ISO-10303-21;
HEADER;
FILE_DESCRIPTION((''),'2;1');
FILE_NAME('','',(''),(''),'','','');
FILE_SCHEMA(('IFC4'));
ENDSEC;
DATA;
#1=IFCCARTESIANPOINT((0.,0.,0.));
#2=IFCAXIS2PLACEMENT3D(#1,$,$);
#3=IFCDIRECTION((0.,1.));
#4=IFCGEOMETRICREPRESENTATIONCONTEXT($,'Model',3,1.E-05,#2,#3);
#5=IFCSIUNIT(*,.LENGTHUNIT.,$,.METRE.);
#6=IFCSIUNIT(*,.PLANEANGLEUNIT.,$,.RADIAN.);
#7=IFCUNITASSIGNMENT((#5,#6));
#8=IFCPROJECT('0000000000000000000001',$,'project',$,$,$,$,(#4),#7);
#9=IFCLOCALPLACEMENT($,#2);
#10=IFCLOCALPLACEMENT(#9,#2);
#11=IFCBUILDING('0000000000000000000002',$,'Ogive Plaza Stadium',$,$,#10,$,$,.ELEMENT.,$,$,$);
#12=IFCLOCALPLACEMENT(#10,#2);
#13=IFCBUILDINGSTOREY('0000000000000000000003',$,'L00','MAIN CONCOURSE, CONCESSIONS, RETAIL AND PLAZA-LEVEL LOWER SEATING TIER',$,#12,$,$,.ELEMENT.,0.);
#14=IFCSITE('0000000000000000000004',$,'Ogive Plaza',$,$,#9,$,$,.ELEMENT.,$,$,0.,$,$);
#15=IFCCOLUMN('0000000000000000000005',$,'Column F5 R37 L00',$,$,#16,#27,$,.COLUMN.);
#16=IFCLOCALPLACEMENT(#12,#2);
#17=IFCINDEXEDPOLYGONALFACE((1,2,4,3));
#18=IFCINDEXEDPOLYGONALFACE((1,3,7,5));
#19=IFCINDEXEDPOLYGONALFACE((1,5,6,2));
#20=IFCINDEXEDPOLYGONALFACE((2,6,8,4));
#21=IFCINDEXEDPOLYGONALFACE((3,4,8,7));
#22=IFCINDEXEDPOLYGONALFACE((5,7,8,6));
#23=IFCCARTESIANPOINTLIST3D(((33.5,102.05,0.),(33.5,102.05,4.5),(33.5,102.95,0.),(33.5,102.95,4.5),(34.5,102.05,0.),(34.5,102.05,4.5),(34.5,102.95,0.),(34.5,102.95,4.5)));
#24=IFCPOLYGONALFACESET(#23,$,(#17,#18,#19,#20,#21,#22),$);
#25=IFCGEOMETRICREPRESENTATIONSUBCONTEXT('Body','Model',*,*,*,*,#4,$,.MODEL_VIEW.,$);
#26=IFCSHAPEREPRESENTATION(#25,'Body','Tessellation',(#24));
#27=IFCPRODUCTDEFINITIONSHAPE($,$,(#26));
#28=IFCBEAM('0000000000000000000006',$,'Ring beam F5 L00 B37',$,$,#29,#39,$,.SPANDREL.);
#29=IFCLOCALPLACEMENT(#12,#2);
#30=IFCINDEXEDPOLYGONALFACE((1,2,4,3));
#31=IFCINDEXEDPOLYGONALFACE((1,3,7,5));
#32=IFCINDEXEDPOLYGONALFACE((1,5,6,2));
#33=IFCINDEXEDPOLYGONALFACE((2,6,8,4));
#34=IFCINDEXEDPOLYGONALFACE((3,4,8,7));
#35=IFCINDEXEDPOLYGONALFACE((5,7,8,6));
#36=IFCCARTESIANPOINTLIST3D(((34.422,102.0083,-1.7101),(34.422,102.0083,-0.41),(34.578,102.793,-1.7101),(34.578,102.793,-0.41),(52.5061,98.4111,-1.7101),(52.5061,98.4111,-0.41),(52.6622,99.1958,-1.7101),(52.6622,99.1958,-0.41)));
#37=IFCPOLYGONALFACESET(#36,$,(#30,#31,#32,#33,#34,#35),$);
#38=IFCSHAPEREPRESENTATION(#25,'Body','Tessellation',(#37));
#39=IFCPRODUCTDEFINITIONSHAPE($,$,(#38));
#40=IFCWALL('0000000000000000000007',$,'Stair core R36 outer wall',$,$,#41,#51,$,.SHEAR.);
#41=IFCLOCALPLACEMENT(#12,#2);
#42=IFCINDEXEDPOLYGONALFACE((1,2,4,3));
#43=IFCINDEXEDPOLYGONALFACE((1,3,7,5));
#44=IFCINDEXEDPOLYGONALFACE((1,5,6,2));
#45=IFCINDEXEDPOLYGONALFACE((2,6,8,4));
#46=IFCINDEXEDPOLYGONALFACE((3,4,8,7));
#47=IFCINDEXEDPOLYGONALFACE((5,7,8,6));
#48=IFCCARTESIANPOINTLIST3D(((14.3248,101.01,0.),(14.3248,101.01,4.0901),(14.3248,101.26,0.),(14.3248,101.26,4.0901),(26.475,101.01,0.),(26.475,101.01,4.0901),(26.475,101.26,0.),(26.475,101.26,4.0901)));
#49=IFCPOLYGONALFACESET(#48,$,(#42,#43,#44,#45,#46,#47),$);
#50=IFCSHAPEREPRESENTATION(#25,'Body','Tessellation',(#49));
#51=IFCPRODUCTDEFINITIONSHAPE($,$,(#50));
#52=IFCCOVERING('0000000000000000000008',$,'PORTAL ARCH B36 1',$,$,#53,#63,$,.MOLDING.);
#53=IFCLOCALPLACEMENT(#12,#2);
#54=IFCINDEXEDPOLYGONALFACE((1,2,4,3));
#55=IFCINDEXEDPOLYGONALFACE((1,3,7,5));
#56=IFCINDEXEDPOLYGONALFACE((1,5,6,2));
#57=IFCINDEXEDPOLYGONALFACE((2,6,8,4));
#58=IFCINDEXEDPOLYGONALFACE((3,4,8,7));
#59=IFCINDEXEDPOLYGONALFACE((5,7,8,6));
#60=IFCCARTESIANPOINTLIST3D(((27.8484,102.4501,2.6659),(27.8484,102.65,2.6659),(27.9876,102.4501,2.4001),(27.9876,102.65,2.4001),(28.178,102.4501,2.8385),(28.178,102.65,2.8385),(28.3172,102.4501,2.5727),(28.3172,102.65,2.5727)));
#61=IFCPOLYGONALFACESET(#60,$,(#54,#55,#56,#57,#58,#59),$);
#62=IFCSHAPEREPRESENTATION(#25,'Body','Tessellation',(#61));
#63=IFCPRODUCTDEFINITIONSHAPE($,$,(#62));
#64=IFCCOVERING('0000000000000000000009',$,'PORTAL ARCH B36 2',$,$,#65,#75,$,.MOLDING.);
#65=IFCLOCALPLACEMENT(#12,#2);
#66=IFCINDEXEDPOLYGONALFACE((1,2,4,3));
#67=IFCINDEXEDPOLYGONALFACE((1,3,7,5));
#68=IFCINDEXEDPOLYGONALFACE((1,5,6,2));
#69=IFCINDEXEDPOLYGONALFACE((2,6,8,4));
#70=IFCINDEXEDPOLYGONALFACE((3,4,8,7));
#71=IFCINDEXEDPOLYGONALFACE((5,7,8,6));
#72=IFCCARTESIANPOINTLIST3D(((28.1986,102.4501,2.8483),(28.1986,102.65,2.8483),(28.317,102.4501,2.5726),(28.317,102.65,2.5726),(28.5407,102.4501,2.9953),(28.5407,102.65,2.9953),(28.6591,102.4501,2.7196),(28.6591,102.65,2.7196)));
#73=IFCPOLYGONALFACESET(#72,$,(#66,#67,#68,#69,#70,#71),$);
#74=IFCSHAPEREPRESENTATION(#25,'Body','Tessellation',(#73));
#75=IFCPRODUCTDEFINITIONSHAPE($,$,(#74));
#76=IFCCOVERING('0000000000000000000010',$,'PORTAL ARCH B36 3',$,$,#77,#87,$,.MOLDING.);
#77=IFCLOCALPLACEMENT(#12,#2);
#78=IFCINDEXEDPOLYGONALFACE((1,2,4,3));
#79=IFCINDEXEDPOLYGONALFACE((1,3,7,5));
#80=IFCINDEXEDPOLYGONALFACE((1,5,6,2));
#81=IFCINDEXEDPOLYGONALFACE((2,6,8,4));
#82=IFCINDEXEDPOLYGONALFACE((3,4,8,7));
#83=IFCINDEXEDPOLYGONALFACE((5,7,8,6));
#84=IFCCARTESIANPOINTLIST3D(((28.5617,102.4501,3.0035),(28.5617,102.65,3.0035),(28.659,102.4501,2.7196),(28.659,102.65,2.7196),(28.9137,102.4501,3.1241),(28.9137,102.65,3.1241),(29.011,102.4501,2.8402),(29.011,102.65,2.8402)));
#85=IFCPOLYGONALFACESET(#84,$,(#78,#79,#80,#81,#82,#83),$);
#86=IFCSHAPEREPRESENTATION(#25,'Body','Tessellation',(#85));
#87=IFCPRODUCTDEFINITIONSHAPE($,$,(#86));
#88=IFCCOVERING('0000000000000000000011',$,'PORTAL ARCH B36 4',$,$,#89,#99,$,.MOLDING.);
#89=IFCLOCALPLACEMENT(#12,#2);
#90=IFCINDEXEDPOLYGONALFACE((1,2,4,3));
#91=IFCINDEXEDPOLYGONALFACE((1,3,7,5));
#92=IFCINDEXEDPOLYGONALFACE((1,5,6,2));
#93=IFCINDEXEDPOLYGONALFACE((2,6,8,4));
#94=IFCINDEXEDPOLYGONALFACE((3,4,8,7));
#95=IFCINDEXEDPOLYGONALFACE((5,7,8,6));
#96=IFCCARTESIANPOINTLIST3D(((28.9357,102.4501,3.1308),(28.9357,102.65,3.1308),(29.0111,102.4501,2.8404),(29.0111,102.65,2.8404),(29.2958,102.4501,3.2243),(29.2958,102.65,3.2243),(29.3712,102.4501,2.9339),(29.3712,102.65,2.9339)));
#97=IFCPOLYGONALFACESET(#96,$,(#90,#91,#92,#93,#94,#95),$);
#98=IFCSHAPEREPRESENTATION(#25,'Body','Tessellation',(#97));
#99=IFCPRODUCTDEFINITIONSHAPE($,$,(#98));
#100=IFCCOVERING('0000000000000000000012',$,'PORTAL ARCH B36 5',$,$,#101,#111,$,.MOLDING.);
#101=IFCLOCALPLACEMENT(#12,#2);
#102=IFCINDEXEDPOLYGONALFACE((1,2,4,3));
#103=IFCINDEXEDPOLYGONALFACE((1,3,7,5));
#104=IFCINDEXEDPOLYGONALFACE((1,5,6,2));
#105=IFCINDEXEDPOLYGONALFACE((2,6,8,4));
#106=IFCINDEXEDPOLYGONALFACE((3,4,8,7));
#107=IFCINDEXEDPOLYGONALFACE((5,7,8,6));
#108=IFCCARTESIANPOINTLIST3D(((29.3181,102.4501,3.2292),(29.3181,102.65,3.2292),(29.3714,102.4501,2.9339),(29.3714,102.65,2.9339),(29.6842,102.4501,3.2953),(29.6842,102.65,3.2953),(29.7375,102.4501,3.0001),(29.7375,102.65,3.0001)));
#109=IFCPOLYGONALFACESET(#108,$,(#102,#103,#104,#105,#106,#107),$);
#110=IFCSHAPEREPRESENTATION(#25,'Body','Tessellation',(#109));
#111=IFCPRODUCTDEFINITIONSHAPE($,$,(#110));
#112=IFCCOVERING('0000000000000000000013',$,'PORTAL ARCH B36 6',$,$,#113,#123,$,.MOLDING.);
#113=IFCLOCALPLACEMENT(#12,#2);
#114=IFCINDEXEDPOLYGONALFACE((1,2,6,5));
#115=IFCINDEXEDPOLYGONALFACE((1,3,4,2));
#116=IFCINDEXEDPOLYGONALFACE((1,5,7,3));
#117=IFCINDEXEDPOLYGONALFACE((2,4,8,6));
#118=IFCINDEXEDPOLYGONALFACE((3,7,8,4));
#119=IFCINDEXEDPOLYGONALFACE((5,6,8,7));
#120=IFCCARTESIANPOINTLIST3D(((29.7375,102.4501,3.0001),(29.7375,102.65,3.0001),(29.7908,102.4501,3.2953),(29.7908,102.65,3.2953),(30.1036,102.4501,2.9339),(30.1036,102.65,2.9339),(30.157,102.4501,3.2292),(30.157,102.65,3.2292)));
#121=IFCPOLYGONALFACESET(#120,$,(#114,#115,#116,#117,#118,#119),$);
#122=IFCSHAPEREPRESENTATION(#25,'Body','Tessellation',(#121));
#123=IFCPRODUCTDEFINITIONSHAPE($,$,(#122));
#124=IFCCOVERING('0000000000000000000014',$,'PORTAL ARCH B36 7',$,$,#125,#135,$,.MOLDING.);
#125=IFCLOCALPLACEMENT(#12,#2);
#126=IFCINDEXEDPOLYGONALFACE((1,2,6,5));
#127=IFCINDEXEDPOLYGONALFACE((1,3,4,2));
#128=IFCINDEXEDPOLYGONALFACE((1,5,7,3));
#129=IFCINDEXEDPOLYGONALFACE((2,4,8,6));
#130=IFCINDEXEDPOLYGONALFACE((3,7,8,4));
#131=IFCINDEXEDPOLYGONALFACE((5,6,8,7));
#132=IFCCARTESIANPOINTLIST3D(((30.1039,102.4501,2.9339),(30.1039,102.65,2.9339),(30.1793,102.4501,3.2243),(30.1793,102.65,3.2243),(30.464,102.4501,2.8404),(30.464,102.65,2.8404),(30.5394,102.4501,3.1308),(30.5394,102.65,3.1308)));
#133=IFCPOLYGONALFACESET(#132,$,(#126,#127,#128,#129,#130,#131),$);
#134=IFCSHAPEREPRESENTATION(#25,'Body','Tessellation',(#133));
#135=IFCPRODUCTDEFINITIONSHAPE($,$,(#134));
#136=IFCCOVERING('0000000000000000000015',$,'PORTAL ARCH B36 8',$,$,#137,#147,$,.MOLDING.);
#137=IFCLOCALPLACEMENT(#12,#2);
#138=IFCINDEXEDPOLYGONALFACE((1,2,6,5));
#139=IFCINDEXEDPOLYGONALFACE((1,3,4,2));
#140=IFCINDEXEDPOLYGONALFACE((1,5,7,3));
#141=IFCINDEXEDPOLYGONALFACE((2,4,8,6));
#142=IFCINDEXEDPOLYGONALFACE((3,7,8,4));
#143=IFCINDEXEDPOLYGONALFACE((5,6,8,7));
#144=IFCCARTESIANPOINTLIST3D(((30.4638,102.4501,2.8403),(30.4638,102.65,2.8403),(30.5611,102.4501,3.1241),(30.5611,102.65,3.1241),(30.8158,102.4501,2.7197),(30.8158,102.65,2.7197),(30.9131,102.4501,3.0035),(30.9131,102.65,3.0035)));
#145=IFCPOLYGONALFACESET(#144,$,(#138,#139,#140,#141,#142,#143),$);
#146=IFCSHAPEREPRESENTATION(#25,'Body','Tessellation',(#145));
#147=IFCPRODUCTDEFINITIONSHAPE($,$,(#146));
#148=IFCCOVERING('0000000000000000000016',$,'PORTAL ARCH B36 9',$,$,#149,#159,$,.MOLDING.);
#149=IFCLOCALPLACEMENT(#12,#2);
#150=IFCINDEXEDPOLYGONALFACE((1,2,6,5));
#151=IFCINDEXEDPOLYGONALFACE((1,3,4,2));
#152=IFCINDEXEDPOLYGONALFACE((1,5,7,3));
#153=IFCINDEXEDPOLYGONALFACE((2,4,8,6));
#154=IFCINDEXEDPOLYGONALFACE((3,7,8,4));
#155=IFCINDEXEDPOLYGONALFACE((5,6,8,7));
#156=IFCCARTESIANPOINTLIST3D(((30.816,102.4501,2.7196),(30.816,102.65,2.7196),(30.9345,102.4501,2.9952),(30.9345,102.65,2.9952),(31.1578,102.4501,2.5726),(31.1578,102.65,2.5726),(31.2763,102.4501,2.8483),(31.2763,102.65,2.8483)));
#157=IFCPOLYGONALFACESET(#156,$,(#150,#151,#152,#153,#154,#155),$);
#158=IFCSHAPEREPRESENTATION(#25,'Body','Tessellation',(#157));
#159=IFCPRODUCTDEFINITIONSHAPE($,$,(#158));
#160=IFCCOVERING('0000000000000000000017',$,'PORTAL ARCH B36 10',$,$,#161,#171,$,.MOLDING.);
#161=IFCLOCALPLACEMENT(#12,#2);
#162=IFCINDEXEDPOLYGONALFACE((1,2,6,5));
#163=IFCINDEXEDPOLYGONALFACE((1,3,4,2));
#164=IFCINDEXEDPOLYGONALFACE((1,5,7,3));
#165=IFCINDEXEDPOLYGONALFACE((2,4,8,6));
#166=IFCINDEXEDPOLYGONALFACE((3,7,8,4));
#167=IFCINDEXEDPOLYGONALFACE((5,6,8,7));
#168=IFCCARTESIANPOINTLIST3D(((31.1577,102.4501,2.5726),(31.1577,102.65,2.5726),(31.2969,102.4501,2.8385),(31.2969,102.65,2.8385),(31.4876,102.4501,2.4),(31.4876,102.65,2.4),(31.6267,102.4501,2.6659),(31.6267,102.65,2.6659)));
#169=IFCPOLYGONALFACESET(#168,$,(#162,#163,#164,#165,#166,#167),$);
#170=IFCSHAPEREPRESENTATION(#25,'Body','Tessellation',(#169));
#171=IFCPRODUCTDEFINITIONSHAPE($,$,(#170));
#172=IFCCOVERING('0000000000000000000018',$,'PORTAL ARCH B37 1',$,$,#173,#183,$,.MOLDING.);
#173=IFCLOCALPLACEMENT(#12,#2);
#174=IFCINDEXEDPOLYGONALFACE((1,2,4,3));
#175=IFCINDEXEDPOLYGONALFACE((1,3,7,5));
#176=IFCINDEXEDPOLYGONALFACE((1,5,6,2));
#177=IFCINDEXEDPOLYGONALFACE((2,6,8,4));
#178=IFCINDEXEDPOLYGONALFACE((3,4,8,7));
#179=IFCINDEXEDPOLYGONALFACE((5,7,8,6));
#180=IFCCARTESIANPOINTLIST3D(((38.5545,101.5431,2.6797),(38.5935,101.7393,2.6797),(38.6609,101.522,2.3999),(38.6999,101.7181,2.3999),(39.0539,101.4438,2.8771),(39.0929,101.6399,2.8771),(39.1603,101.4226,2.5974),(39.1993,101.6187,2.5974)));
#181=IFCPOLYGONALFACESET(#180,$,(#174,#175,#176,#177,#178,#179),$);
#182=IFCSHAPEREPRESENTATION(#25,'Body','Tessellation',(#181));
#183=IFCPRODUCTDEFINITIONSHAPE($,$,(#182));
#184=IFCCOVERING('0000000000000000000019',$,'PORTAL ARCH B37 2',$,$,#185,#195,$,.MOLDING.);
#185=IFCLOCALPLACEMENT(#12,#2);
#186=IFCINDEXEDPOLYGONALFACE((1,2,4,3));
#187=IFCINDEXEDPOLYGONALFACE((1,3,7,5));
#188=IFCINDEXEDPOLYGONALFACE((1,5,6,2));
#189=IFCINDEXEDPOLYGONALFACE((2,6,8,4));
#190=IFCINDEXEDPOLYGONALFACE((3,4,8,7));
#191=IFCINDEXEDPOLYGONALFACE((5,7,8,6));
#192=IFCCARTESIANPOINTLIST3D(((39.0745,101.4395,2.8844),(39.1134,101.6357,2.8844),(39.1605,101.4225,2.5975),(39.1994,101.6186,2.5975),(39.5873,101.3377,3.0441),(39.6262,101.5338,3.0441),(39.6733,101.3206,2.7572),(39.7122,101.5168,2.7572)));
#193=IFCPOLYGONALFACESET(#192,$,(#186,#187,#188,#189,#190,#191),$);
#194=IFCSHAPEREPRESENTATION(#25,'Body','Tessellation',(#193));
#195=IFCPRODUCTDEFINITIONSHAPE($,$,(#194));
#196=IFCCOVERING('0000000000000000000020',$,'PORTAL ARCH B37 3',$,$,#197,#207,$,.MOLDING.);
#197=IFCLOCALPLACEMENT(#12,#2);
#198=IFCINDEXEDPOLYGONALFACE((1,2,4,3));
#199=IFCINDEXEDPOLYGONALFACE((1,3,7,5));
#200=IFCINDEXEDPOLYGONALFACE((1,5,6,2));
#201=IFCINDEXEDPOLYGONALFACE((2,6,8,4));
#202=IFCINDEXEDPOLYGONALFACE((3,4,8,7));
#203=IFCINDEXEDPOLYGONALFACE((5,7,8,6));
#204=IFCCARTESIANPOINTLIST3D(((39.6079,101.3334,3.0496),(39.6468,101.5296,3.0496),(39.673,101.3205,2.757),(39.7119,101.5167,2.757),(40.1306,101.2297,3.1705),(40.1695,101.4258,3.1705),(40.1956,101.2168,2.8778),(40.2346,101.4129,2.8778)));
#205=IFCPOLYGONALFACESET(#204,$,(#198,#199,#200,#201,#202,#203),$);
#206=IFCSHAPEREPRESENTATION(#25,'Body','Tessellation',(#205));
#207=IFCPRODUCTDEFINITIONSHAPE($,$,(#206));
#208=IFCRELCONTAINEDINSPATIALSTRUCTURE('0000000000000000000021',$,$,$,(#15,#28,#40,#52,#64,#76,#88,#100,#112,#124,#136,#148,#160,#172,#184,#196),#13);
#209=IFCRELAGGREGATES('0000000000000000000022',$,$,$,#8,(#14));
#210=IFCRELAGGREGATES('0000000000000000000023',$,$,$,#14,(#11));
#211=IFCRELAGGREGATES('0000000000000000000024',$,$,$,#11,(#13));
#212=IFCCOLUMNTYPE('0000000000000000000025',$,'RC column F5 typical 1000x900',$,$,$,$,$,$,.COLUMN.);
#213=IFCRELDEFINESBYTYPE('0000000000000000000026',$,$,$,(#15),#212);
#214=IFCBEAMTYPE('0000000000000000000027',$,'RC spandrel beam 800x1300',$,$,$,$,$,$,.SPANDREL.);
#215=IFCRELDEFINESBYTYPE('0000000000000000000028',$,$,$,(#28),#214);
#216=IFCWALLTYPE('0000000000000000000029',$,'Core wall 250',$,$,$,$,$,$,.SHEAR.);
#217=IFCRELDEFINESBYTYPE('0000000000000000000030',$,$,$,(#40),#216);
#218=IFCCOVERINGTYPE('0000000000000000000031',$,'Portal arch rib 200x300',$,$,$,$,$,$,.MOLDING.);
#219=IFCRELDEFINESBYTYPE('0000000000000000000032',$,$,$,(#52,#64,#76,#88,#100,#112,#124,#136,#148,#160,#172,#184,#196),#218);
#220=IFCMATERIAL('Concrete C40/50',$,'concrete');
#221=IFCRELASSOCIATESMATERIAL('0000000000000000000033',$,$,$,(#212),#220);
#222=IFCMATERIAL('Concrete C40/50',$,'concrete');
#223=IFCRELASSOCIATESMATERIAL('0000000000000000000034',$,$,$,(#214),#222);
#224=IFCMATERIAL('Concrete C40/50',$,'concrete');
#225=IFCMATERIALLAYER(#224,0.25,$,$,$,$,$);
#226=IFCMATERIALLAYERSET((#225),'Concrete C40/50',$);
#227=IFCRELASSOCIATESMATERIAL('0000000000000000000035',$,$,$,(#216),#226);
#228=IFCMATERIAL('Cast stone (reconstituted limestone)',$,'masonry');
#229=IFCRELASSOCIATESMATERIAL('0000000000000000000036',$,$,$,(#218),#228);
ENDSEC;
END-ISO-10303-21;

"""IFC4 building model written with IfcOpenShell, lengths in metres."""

from ifc_helpers import new_model, si_unit, direction, frame, frame_2d, origin, origin_2d, place, context, subcontext, project, spatial, rectangle, extrude, material, layer, layer_set, material_profile, profile_set, type_object, element, save


model = new_model("IFC4")

# Units and contexts
model_context = context("Model", 3, precision=1e-05, world=origin(), true_north=direction((0.0, 1.0)))
body_context = subcontext(model_context, "Body", "Model", "MODEL_VIEW")
ifc_project = project(units=[si_unit("LENGTHUNIT", "METRE"), si_unit("PLANEANGLEUNIT", "RADIAN")], contexts=[model_context])

# Site, building, storey
site_placement = place(None, origin())
site = spatial("IfcSite", under=ifc_project, at=site_placement, Name="Ogive Plaza", CompositionType="ELEMENT", RefElevation=0.0)
building_placement = place(site_placement, origin())
building = spatial("IfcBuilding", under=site, at=building_placement, Name="Ogive Plaza Stadium", CompositionType="ELEMENT")
storey_placement = place(building_placement, origin())
storey = spatial("IfcBuildingStorey", under=building, at=storey_placement, Name="L00", Description="MAIN CONCOURSE, CONCESSIONS, RETAIL AND PLAZA-LEVEL LOWER SEATING TIER", CompositionType="ELEMENT", Elevation=0.0)

# Column
ifc_material_1 = material(Name="Concrete C40/50", Category="concrete")
ifc_material_profile_1 = material_profile(ifc_material_1, rectangle(XDim=1.0, YDim=0.8999, at=origin_2d()), Name="RC 1000x900")
ifc_profile_set_1 = profile_set([ifc_material_profile_1], Name="Concrete C40/50")
column_type = type_object("IfcColumnType", Name="RC column F5 typical 1000x900", PredefinedType="COLUMN", material=ifc_profile_set_1)
column_placement = place(storey_placement, frame((34.0, 102.5, 0.0), z_axis=(0.0, 0.0, 1.0), x_axis=(-1.0, 0.0, 0.0)))
element("IfcColumn", 1, at=column_placement, inside=storey, type_object=column_type, Name="Column F5 R37 L00", PredefinedType="COLUMN", context=body_context, shape_type="SweptSolid", body=[
    extrude(rectangle(XDim=1.0, YDim=0.8999, at=origin_2d()), origin(), (0.0, 0.0, 1.0), 4.5),
])

# Beam
ifc_material_2 = material(Name="Concrete C40/50", Category="concrete")
ifc_material_profile_2 = material_profile(ifc_material_2, rectangle(XDim=0.8, YDim=1.3, at=origin_2d()), Name="RC 800x1300")
ifc_profile_set_2 = profile_set([ifc_material_profile_2], Name="Concrete C40/50")
beam_type = type_object("IfcBeamType", Name="RC spandrel beam 800x1300", PredefinedType="SPANDREL", material=ifc_profile_set_2)
beam_placement = place(storey_placement, frame((34.5, 102.4006, -1.0601), z_axis=(0.980785, -0.19509, 0.0), x_axis=(0.19509, 0.980785, 0.0)))
element("IfcBeam", 2, at=beam_placement, inside=storey, type_object=beam_type, Name="Ring beam F5 L00 B37", PredefinedType="SPANDREL", context=body_context, shape_type="SweptSolid", body=[
    extrude(rectangle(XDim=0.8, YDim=1.3, at=origin_2d()), origin(), (0.0, 0.0, 1.0), 18.4385),
])

# Wall
ifc_material_3 = material(Name="Concrete C40/50", Category="concrete")
ifc_layer_1 = layer(ifc_material_3, 0.25)
ifc_layer_set_1 = layer_set([ifc_layer_1], Name="Concrete C40/50")
wall_type_1 = type_object("IfcWallType", Name="Core wall 250", PredefinedType="SHEAR", material=ifc_layer_set_1)
wall_1_placement = place(storey_placement, frame((26.4751, 101.135, 0.0), z_axis=(0.0, 0.0, 1.0), x_axis=(-1.0, 0.0, 0.0)))
element("IfcWall", 3, at=wall_1_placement, inside=storey, type_object=wall_type_1, Name="Stair core R36 outer wall", PredefinedType="SHEAR", context=body_context, shape_type="SweptSolid", body=[
    extrude(rectangle(XDim=12.1501, YDim=0.25, at=frame_2d((6.0752, 0.0))), origin(), (0.0, 0.0, 1.0), 4.0901),
])

# Coverings
ifc_material_4 = material(Name="Cast stone (reconstituted limestone)", Category="masonry")
ifc_material_profile_3 = material_profile(ifc_material_4, rectangle(XDim=0.2, YDim=0.3, at=origin_2d()), Name="Cast stone 200x300")
ifc_profile_set_3 = profile_set([ifc_material_profile_3], Name="Cast stone (reconstituted limestone)")
covering_type = type_object("IfcCoveringType", Name="Portal arch rib 200x300", PredefinedType="MOLDING", material=ifc_profile_set_3)
covering_1_placement = place(storey_placement, frame((27.918, 102.55, 2.533), z_axis=(0.88587, 0.0, 0.463933), x_axis=(0.0, 1.0, 0.0)))
element("IfcCovering", 4, at=covering_1_placement, inside=storey, type_object=covering_type, Name="PORTAL ARCH B36 1", PredefinedType="MOLDING", context=body_context, shape_type="SweptSolid", body=[
    extrude(rectangle(XDim=0.2, YDim=0.3, at=origin_2d()), origin(), (0.0, 0.0, 1.0), 0.3721),
])
covering_2_placement = place(storey_placement, frame((28.2578, 102.55, 2.7104), z_axis=(0.918771, 0.0, 0.39479), x_axis=(0.0, 1.0, 0.0)))
element("IfcCovering", 5, at=covering_2_placement, inside=storey, type_object=covering_type, Name="PORTAL ARCH B36 2", PredefinedType="MOLDING", context=body_context, shape_type="SweptSolid", body=[
    extrude(rectangle(XDim=0.2, YDim=0.3, at=origin_2d()), origin(), (0.0, 0.0, 1.0), 0.3723),
])
for number, where, z_axis, x_axis, name in (
    (6, (28.6104, 102.55, 2.8616), (0.946026, 0.0, 0.324089), (0.0, 1.0, 0.0), "PORTAL ARCH B36 3"),
    (7, (28.9734, 102.55, 2.9856), (0.967902, 0.0, 0.251327), (0.0, 1.0, 0.0), "PORTAL ARCH B36 4"),
    (8, (29.3447, 102.55, 3.0815), (0.984069, 0.0, 0.177788), (0.0, 1.0, 0.0), "PORTAL ARCH B36 5"),
    (9, (29.7642, 102.55, 3.1477), (0.984069, 0.0, -0.177788), (0.0, 1.0, 0.0), "PORTAL ARCH B36 6"),
    (10, (30.1416, 102.55, 3.0791), (0.967902, 0.0, -0.251327), (0.0, 1.0, 0.0), "PORTAL ARCH B36 7"),
    (11, (30.5125, 102.55, 2.9822), (0.946026, 0.0, -0.324089), (0.0, 1.0, 0.0), "PORTAL ARCH B36 8"),
    (12, (30.8752, 102.55, 2.8574), (0.918669, 0.0, -0.395028), (0.0, 1.0, 0.0), "PORTAL ARCH B36 9"),
):
    element("IfcCovering", number, at=place(storey_placement, frame(where, z_axis=z_axis, x_axis=x_axis)), inside=storey, type_object=covering_type, Name=name, PredefinedType="MOLDING", context=body_context, shape_type="SweptSolid", body=[
        extrude(rectangle(XDim=0.2, YDim=0.3, at=origin_2d()), origin(), (0.0, 0.0, 1.0), 0.3721),
    ])
covering_3_placement = place(storey_placement, frame((31.2273, 102.55, 2.7056), z_axis=(0.886011, 0.0, -0.463664), x_axis=(0.0, 1.0, 0.0)))
element("IfcCovering", 13, at=covering_3_placement, inside=storey, type_object=covering_type, Name="PORTAL ARCH B36 10", PredefinedType="MOLDING", context=body_context, shape_type="SweptSolid", body=[
    extrude(rectangle(XDim=0.2, YDim=0.3, at=origin_2d()), origin(), (0.0, 0.0, 1.0), 0.3723),
])
covering_4_placement = place(storey_placement, frame((38.6272, 101.6306, 2.5398), z_axis=(0.914428, -0.181902, 0.36157), x_axis=(0.195102, 0.980783, 0.0)))
element("IfcCovering", 14, at=covering_4_placement, inside=storey, type_object=covering_type, Name="PORTAL ARCH B37 1", PredefinedType="MOLDING", context=body_context, shape_type="SweptSolid", body=[
    extrude(rectangle(XDim=0.2, YDim=0.3, at=origin_2d()), origin(), (0.0, 0.0, 1.0), 0.5461),
])
covering_5_placement = place(storey_placement, frame((39.137, 101.5291, 2.741), z_axis=(0.938061, -0.186272, 0.292139), x_axis=(0.194769, 0.980849, 0.0)))
element("IfcCovering", 15, at=covering_5_placement, inside=storey, type_object=covering_type, Name="PORTAL ARCH B37 2", PredefinedType="MOLDING", context=body_context, shape_type="SweptSolid", body=[
    extrude(rectangle(XDim=0.2, YDim=0.3, at=origin_2d()), origin(), (0.0, 0.0, 1.0), 0.5466),
])
covering_6_placement = place(storey_placement, frame((39.6599, 101.425, 2.9033), z_axis=(0.956573, -0.189885, 0.22116), x_axis=(0.194706, 0.980862, 0.0)))
element("IfcCovering", 16, at=covering_6_placement, inside=storey, type_object=covering_type, Name="PORTAL ARCH B37 3", PredefinedType="MOLDING", context=body_context, shape_type="SweptSolid", body=[
    extrude(rectangle(XDim=0.2, YDim=0.3, at=origin_2d()), origin(), (0.0, 0.0, 1.0), 0.5464),
])

save(model, "model.ifc")
